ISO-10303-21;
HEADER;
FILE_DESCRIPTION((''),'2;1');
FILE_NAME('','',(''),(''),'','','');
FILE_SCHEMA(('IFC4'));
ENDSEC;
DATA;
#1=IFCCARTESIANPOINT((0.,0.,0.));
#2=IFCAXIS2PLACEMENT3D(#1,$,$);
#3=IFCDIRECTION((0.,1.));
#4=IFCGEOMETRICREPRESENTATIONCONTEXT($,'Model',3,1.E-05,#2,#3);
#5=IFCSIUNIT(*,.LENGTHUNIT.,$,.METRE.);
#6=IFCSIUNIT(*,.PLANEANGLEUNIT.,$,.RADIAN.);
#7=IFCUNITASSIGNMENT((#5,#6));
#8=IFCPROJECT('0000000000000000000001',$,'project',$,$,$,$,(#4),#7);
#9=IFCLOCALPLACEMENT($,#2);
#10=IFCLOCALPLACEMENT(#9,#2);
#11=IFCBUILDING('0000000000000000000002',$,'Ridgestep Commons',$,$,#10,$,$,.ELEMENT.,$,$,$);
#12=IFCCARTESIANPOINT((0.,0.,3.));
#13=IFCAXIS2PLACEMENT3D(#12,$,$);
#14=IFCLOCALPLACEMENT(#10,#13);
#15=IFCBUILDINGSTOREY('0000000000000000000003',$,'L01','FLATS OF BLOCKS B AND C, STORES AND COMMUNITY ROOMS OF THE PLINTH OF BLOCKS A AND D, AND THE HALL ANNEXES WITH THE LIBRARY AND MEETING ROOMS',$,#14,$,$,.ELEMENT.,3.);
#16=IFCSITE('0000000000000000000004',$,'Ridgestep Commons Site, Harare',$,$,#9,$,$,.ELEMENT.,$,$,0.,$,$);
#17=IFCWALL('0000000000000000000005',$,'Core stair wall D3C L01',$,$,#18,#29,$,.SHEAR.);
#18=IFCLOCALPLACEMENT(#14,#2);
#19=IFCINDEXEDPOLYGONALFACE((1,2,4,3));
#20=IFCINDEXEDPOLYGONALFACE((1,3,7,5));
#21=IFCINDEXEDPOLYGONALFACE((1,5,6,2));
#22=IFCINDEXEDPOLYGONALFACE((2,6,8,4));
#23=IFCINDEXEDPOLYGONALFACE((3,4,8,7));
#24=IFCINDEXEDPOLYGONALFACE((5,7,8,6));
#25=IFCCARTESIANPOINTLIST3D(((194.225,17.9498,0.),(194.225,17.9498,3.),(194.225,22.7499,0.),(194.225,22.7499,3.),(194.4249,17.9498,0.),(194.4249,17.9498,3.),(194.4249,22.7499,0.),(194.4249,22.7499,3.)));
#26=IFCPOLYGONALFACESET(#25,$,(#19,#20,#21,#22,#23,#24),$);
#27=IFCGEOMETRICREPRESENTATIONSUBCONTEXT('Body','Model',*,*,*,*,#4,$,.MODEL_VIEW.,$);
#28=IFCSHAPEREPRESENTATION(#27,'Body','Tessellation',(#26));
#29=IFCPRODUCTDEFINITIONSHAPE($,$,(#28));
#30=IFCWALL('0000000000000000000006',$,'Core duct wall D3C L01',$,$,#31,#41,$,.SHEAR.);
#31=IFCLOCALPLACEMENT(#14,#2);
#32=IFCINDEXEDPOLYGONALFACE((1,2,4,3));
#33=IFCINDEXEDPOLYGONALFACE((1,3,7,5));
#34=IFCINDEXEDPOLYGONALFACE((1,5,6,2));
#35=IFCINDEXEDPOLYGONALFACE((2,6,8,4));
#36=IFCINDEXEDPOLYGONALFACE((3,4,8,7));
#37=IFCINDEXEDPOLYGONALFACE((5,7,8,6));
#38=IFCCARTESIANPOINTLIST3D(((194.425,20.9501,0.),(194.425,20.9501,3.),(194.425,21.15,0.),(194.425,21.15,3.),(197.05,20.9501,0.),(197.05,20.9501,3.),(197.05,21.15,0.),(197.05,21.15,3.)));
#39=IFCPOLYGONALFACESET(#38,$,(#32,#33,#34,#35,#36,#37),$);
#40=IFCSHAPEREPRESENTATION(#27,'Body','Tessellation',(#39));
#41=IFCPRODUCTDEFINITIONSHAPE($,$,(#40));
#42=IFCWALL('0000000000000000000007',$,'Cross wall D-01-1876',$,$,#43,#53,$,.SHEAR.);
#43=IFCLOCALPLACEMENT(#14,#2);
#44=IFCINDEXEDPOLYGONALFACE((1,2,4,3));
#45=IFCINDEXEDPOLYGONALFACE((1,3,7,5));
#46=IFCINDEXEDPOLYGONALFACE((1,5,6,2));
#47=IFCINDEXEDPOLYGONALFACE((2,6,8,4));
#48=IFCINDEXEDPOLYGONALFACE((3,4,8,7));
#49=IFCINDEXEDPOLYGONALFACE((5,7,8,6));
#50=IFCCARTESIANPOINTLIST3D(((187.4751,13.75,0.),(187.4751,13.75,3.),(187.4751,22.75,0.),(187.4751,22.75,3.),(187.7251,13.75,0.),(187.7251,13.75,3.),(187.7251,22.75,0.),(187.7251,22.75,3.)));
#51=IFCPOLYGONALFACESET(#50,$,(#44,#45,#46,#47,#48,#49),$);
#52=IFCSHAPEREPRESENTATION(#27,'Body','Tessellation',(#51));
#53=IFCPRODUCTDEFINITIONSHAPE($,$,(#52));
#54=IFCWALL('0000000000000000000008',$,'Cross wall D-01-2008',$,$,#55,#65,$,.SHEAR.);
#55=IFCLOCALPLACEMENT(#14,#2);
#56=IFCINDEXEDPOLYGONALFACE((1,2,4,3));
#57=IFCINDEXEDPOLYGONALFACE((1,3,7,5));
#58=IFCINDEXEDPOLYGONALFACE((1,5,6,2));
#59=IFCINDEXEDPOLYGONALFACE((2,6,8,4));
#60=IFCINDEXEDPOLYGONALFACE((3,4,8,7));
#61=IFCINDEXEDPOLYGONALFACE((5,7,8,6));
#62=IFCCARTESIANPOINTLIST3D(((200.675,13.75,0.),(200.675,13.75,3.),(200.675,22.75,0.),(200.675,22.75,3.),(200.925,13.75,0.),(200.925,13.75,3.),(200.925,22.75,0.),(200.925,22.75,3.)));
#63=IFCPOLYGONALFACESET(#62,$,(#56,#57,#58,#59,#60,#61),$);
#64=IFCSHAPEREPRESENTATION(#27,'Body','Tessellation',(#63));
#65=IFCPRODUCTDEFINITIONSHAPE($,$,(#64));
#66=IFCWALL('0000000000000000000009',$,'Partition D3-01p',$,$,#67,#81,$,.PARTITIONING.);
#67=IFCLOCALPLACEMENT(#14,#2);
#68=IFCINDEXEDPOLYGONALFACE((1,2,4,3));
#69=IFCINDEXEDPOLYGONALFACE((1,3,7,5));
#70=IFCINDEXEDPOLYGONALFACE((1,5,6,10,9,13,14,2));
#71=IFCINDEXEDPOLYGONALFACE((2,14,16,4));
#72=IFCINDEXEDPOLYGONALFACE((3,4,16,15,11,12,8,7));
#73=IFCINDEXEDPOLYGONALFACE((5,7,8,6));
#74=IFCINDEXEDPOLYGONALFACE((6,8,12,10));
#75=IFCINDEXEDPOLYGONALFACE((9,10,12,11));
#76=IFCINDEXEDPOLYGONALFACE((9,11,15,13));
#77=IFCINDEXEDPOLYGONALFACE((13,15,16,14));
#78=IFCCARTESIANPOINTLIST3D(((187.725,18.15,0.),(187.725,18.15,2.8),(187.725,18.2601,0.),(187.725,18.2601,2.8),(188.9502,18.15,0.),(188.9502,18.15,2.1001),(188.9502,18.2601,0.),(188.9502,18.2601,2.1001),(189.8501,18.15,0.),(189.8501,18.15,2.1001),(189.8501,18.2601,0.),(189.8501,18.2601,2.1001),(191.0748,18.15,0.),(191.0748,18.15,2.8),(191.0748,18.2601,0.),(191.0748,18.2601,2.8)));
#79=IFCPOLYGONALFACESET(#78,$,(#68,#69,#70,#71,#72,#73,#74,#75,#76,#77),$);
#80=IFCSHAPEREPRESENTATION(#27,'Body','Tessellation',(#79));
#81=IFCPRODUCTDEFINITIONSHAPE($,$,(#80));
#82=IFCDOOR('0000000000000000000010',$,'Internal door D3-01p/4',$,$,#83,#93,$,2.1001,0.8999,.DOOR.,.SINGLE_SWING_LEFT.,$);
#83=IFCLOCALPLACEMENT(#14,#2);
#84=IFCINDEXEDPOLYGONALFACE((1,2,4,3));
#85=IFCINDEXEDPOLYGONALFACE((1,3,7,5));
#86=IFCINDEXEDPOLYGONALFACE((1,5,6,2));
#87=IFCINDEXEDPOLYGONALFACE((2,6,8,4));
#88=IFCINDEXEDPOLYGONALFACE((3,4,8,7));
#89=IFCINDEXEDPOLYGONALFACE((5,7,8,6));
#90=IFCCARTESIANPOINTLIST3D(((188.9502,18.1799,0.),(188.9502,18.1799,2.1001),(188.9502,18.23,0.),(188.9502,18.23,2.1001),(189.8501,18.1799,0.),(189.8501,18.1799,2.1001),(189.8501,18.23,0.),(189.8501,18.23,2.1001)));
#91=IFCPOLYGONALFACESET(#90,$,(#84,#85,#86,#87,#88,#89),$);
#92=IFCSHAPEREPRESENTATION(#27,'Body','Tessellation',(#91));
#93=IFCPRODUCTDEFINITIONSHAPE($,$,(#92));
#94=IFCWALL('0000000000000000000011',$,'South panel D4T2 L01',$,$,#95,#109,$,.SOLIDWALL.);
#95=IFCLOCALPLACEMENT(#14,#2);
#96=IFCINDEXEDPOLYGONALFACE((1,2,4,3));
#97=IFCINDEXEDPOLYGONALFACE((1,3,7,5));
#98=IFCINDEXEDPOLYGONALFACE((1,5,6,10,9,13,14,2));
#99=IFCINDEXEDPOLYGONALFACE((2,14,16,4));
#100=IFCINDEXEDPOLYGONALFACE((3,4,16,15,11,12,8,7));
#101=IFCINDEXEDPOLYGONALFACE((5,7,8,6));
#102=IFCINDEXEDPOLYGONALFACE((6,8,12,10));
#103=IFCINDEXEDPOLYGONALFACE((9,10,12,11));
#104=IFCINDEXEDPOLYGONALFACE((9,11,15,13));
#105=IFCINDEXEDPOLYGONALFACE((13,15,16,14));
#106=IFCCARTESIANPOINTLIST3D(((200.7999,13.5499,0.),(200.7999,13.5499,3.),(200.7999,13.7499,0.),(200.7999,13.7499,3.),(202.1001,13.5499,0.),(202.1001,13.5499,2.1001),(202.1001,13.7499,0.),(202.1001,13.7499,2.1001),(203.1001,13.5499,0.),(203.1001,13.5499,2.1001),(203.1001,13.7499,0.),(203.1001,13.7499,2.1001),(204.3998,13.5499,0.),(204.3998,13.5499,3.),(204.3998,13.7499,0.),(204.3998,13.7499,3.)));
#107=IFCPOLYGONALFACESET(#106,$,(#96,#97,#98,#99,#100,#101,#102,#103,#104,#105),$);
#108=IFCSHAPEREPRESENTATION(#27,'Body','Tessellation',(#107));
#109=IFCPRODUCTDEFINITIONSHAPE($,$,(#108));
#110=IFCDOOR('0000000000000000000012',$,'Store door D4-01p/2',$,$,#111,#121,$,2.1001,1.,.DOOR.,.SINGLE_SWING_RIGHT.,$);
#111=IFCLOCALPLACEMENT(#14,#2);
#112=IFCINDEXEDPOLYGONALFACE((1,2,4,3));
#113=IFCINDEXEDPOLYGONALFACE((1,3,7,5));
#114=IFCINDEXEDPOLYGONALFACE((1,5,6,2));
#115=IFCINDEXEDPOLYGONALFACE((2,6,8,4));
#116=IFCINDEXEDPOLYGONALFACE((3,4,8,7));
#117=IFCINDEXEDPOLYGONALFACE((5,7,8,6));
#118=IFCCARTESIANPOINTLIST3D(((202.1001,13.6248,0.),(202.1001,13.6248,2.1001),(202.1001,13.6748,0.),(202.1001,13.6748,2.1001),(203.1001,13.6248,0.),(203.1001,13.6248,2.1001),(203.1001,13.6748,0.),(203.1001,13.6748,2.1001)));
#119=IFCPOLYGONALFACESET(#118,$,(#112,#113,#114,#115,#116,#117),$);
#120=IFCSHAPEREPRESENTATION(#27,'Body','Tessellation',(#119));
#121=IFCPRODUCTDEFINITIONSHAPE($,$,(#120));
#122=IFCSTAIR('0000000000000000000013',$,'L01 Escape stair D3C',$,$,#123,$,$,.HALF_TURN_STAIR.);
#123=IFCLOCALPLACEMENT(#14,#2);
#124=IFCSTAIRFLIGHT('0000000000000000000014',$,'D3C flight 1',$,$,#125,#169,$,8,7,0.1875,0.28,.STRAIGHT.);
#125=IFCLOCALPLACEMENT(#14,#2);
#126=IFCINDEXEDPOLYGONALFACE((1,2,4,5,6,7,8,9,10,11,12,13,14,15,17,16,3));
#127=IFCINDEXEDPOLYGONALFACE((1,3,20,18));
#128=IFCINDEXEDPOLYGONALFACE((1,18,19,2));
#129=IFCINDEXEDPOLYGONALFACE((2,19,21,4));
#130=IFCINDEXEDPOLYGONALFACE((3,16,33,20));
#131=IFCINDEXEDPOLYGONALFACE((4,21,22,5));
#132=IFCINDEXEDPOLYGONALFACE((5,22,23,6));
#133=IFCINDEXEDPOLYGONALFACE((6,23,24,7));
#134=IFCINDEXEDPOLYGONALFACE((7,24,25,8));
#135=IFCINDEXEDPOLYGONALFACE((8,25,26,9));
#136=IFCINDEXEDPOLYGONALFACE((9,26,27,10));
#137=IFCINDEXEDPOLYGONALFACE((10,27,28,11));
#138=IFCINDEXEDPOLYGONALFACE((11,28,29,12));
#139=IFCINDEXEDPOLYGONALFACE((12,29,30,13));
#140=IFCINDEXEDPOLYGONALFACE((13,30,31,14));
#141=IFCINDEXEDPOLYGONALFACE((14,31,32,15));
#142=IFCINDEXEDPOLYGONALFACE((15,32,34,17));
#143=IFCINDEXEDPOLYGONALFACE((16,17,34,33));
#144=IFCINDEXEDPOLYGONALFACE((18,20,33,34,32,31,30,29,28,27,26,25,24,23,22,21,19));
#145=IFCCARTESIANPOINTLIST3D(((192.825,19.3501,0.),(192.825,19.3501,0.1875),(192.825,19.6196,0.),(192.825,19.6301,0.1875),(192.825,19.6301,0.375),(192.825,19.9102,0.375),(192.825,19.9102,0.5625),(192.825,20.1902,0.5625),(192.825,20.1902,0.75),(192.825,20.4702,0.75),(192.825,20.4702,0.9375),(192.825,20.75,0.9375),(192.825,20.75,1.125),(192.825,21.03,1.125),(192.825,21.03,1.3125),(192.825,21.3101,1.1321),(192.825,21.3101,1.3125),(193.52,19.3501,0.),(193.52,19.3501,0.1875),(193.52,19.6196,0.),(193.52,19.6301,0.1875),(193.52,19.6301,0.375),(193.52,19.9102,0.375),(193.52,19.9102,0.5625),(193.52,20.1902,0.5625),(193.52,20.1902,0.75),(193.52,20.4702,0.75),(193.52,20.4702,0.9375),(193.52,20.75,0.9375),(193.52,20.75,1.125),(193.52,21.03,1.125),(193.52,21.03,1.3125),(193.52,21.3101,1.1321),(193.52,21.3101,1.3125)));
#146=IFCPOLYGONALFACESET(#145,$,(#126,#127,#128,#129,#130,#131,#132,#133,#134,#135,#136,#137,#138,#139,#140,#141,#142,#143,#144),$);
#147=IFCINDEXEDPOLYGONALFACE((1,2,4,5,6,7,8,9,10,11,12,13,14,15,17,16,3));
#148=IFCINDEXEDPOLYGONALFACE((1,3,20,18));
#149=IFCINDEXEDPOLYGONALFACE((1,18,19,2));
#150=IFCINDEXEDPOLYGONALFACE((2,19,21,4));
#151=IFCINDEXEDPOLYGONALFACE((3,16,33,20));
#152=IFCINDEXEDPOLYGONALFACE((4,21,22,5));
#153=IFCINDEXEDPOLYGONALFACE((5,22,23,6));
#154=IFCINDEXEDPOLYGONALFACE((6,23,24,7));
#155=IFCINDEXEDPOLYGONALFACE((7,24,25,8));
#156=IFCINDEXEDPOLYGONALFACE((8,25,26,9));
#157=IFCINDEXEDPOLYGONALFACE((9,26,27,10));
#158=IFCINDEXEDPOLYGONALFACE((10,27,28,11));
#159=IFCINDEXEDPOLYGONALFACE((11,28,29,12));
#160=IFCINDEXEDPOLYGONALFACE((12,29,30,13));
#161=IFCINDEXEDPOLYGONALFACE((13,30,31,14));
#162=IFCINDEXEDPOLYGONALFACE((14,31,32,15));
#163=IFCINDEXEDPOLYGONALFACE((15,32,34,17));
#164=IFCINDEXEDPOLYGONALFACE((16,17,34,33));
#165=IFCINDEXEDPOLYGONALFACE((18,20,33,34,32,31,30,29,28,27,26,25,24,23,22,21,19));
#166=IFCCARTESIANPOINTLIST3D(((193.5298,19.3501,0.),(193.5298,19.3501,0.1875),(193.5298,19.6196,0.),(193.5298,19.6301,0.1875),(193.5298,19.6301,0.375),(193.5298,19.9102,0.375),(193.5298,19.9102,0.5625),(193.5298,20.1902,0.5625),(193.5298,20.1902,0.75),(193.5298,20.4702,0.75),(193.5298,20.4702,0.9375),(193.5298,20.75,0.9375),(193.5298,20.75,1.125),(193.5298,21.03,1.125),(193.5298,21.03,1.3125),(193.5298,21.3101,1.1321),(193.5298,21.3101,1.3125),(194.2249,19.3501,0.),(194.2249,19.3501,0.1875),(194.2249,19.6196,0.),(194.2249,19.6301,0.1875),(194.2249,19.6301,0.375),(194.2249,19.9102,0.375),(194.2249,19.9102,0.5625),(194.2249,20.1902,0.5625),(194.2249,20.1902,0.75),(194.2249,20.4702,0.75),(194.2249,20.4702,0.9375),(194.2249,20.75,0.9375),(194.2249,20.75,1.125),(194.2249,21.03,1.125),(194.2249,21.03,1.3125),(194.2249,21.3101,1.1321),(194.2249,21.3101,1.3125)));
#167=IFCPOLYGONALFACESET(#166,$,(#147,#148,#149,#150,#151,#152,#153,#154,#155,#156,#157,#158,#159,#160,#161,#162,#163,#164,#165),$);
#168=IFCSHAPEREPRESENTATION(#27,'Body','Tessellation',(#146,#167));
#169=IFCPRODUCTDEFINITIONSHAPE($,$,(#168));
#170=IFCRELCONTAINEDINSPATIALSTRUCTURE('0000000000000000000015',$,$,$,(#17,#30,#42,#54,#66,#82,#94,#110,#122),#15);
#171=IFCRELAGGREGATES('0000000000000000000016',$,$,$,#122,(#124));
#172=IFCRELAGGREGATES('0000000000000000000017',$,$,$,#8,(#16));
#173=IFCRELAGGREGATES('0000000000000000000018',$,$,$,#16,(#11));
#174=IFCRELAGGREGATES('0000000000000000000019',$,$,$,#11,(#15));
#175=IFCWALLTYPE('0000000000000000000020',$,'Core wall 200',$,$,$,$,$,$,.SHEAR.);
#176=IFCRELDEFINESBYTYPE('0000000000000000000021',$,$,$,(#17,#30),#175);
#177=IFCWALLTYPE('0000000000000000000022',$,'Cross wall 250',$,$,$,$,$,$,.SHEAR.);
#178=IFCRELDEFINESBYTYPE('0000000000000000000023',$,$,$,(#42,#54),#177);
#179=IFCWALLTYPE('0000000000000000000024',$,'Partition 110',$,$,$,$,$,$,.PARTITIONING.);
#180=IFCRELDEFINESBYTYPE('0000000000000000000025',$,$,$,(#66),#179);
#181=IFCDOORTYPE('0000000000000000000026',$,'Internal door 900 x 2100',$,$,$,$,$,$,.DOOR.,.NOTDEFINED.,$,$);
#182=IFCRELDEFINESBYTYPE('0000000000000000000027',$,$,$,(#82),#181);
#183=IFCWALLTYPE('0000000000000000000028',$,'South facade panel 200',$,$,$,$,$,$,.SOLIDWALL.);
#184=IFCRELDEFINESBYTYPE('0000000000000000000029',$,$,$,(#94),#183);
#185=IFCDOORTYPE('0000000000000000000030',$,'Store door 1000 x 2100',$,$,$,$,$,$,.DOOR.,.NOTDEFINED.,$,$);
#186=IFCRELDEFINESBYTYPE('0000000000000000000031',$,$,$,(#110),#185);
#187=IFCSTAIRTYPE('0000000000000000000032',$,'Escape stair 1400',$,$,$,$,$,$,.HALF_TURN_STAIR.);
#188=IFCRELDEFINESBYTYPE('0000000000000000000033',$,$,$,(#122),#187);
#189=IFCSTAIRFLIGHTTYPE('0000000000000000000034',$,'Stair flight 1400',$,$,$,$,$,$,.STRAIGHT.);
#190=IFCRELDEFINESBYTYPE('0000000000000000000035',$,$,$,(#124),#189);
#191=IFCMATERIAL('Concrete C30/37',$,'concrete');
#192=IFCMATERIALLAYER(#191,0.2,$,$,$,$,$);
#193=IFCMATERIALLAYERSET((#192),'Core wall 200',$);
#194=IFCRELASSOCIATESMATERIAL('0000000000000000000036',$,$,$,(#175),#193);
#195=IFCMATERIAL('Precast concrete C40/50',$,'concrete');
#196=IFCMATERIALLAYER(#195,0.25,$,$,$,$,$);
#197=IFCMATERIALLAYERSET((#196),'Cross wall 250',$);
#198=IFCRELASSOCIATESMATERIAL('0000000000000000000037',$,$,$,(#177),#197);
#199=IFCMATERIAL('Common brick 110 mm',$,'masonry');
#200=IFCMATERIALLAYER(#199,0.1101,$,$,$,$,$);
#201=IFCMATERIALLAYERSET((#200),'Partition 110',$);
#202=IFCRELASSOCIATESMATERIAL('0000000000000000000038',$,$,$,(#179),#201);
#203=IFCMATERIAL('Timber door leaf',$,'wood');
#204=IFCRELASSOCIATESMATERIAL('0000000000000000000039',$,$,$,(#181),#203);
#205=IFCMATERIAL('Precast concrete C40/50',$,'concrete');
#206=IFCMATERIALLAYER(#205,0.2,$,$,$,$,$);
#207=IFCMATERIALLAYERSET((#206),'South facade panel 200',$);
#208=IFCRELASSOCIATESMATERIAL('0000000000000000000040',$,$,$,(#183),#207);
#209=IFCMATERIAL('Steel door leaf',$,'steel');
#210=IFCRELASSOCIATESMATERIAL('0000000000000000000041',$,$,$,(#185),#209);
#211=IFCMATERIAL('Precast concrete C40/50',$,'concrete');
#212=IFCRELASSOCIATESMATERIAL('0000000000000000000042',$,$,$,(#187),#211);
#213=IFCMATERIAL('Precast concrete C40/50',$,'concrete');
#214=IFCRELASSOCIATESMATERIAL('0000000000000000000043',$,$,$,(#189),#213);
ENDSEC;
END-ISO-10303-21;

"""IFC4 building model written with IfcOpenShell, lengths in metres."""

from ifc_helpers import new_model, si_unit, direction, frame, frame_2d, origin, place, context, subcontext, project, spatial, polyline, rectangle, outline, extrude, material, layer, layer_set, type_object, element, fill, aggregate, save


model = new_model("IFC4")

# Units and contexts
model_context = context("Model", 3, precision=1e-05, world=origin(), true_north=direction((0.0, 1.0)))
body_context = subcontext(model_context, "Body", "Model", "MODEL_VIEW")
ifc_project = project(units=[si_unit("LENGTHUNIT", "METRE"), si_unit("PLANEANGLEUNIT", "RADIAN")], contexts=[model_context])

# Site, building, storey
site_placement = place(None, origin())
site = spatial("IfcSite", under=ifc_project, at=site_placement, Name="Ridgestep Commons Site, Harare", CompositionType="ELEMENT", RefElevation=0.0)
building_placement = place(site_placement, origin())
building = spatial("IfcBuilding", under=site, at=building_placement, Name="Ridgestep Commons", CompositionType="ELEMENT")
storey_placement = place(building_placement, frame((0.0, 0.0, 3.0)))
storey = spatial("IfcBuildingStorey", under=building, at=storey_placement, Name="L01", Description="FLATS OF BLOCKS B AND C, STORES AND COMMUNITY ROOMS OF THE PLINTH OF BLOCKS A AND D, AND THE HALL ANNEXES WITH THE LIBRARY AND MEETING ROOMS", CompositionType="ELEMENT", Elevation=3.0)

# Shared definitions
ifc_material_1 = material(Name="Concrete C30/37", Category="concrete")
ifc_layer_1 = layer(ifc_material_1, 0.2)
ifc_layer_set_1 = layer_set([ifc_layer_1], Name="Core wall 200")
wall_type_1 = type_object("IfcWallType", Name="Core wall 200", PredefinedType="SHEAR", material=ifc_layer_set_1)

# Walls
wall_1_placement = place(storey_placement, frame((194.325, 17.95, 0.0), z_axis=(0.0, 0.0, 1.0), x_axis=(0.0, 1.0, 0.0)))
element("IfcWall", 1, at=wall_1_placement, inside=storey, type_object=wall_type_1, Name="Core stair wall D3C L01", PredefinedType="SHEAR", context=body_context, shape_type="SweptSolid", body=[
    extrude(rectangle(XDim=4.8, YDim=0.2, at=frame_2d((2.3999, 0.0))), origin(), (0.0, 0.0, 1.0), 3.0),
])
wall_2_placement = place(storey_placement, frame((194.425, 21.05, 0.0), z_axis=(0.0, 0.0, 1.0), x_axis=(1.0, 0.0, 0.0)))
element("IfcWall", 2, at=wall_2_placement, inside=storey, type_object=wall_type_1, Name="Core duct wall D3C L01", PredefinedType="SHEAR", context=body_context, shape_type="SweptSolid", body=[
    extrude(rectangle(XDim=2.625, YDim=0.2, at=frame_2d((1.3125, 0.0))), origin(), (0.0, 0.0, 1.0), 3.0),
])
ifc_material_2 = material(Name="Precast concrete C40/50", Category="concrete")
ifc_layer_2 = layer(ifc_material_2, 0.25)
ifc_layer_set_2 = layer_set([ifc_layer_2], Name="Cross wall 250")
wall_type_2 = type_object("IfcWallType", Name="Cross wall 250", PredefinedType="SHEAR", material=ifc_layer_set_2)
for number, where, z_axis, x_axis, name in (
    (3, (187.6001, 13.75, 0.0), (0.0, 0.0, 1.0), (0.0, 1.0, 0.0), "Cross wall D-01-1876"),
    (4, (200.8, 13.75, 0.0), (0.0, 0.0, 1.0), (0.0, 1.0, 0.0), "Cross wall D-01-2008"),
):
    element("IfcWall", number, at=place(storey_placement, frame(where, z_axis=z_axis, x_axis=x_axis)), inside=storey, type_object=wall_type_2, Name=name, PredefinedType="SHEAR", context=body_context, shape_type="SweptSolid", body=[
        extrude(rectangle(XDim=9.0, YDim=0.25, at=frame_2d((4.5, 0.0))), origin(), (0.0, 0.0, 1.0), 3.0),
    ])

# Walls, openings, doors
ifc_material_3 = material(Name="Common brick 110 mm", Category="masonry")
ifc_layer_3 = layer(ifc_material_3, 0.1101)
ifc_layer_set_3 = layer_set([ifc_layer_3], Name="Partition 110")
wall_type_3 = type_object("IfcWallType", Name="Partition 110", PredefinedType="PARTITIONING", material=ifc_layer_set_3)
wall_3_placement = place(storey_placement, frame((187.7251, 18.2051, 0.0), z_axis=(0.0, 0.0, 1.0), x_axis=(1.0, 0.0, 0.0)))
wall_3 = element("IfcWall", 5, at=wall_3_placement, inside=storey, type_object=wall_type_3, Name="Partition D3-01p", PredefinedType="PARTITIONING", context=body_context, shape_type="SweptSolid", body=[
    extrude(rectangle(XDim=3.3499, YDim=0.1101, at=frame_2d((1.6748, 0.0))), origin(), (0.0, 0.0, 1.0), 2.8),
])
opening_1_placement = place(wall_3_placement, frame((1.2251, 0.0, 0.0)))
opening_1 = element("IfcOpeningElement", 6, at=opening_1_placement, cuts=wall_3, PredefinedType="OPENING", context=body_context, shape_type="SweptSolid", body=[
    extrude(rectangle(XDim=0.8999, YDim=2.1001, at=frame_2d((0.45, 1.05))), frame((0.0, 0.0649, 0.0), z_axis=(0.0, -1.0, 0.0), x_axis=(1.0, 0.0, 0.0)), (0.0, 0.0, 1.0), 0.1301),
])
ifc_material_4 = material(Name="Timber door leaf", Category="wood")
door_type_1 = type_object("IfcDoorType", Name="Internal door 900 x 2100", OperationType="NOTDEFINED", PredefinedType="DOOR", material=ifc_material_4)
door_1_placement = place(opening_1_placement, origin())
door_1 = element("IfcDoor", 7, at=door_1_placement, inside=storey, type_object=door_type_1, Name="Internal door D3-01p/4", OperationType="SINGLE_SWING_LEFT", OverallHeight=2.1001, OverallWidth=0.8999, PredefinedType="DOOR", context=body_context, shape_type="SweptSolid", body=[
    extrude(rectangle(XDim=0.8999, YDim=2.1001, at=frame_2d((0.45, 1.05))), frame((0.0, 0.0249, 0.0), z_axis=(0.0, -1.0, 0.0), x_axis=(1.0, 0.0, 0.0)), (0.0, 0.0, 1.0), 0.05),
])
fill(opening_1, door_1)
ifc_material_5 = material(Name="Precast concrete C40/50", Category="concrete")
ifc_layer_4 = layer(ifc_material_5, 0.2)
ifc_layer_set_4 = layer_set([ifc_layer_4], Name="South facade panel 200")
wall_type_4 = type_object("IfcWallType", Name="South facade panel 200", PredefinedType="SOLIDWALL", material=ifc_layer_set_4)
wall_4_placement = place(storey_placement, frame((200.8, 13.6499, 0.0), z_axis=(0.0, 0.0, 1.0), x_axis=(1.0, 0.0, 0.0)))
wall_4 = element("IfcWall", 8, at=wall_4_placement, inside=storey, type_object=wall_type_4, Name="South panel D4T2 L01", PredefinedType="SOLIDWALL", context=body_context, shape_type="SweptSolid", body=[
    extrude(rectangle(XDim=3.5999, YDim=0.2, at=frame_2d((1.7998, 0.0))), origin(), (0.0, 0.0, 1.0), 3.0),
])
opening_2_placement = place(wall_4_placement, frame((1.3, 0.0, 0.0)))
opening_2 = element("IfcOpeningElement", 9, at=opening_2_placement, cuts=wall_4, PredefinedType="OPENING", context=body_context, shape_type="SweptSolid", body=[
    extrude(rectangle(XDim=1.0, YDim=2.1001, at=frame_2d((0.5, 1.05))), frame((0.0, 0.1099, 0.0), z_axis=(0.0, -1.0, 0.0), x_axis=(1.0, 0.0, 0.0)), (0.0, 0.0, 1.0), 0.22),
])
ifc_material_6 = material(Name="Steel door leaf", Category="steel")
door_type_2 = type_object("IfcDoorType", Name="Store door 1000 x 2100", OperationType="NOTDEFINED", PredefinedType="DOOR", material=ifc_material_6)
door_2_placement = place(opening_2_placement, origin())
door_2 = element("IfcDoor", 10, at=door_2_placement, inside=storey, type_object=door_type_2, Name="Store door D4-01p/2", OperationType="SINGLE_SWING_RIGHT", OverallHeight=2.1001, OverallWidth=1.0, PredefinedType="DOOR", context=body_context, shape_type="SweptSolid", body=[
    extrude(rectangle(XDim=1.0, YDim=2.1001, at=frame_2d((0.5, 1.05))), frame((0.0, 0.0249, 0.0), z_axis=(0.0, -1.0, 0.0), x_axis=(1.0, 0.0, 0.0)), (0.0, 0.0, 1.0), 0.05),
])
fill(opening_2, door_2)

# Stair, stair flight
ifc_material_7 = material(Name="Precast concrete C40/50", Category="concrete")
stair_type = type_object("IfcStairType", Name="Escape stair 1400", PredefinedType="HALF_TURN_STAIR", material=ifc_material_7)
stair_placement = place(storey_placement, origin())
stair = element("IfcStair", 11, at=stair_placement, inside=storey, type_object=stair_type, Name="L01 Escape stair D3C", PredefinedType="HALF_TURN_STAIR")
ifc_material_8 = material(Name="Precast concrete C40/50", Category="concrete")
stair_flight_type = type_object("IfcStairFlightType", Name="Stair flight 1400", PredefinedType="STRAIGHT", material=ifc_material_8)
stair_flight_1_placement = place(storey_placement, frame((193.5249, 19.3501, 0.0), z_axis=(0.0, 0.0, 1.0), x_axis=(0.0, 1.0, 0.0)))
stair_flight_1 = element("IfcStairFlight", 12, at=stair_flight_1_placement, type_object=stair_flight_type, Name="D3C flight 1", NumberOfRisers=8, NumberOfTreads=7, PredefinedType="STRAIGHT", RiserHeight=0.1875, TreadLength=0.28, context=body_context, shape_type="SweptSolid", body=[
    extrude(outline(polyline([(0.0, 0.0), (0.0, 0.1875), (0.28, 0.1875), (0.28, 0.375), (0.5601, 0.375), (0.5601, 0.5625), (0.8401, 0.5625), (0.8401, 0.75), (1.1201, 0.75), (1.1201, 0.9375), (1.3999, 0.9375), (1.3999, 1.125), (1.6799, 1.125), (1.6799, 1.3125), (1.96, 1.3125), (1.96, 1.5), (1.96, 1.1321), (0.2695, 0.0), (0.0, 0.0)])), frame((0.0, 0.7, 0.0), z_axis=(0.0, -1.0, 0.0), x_axis=(1.0, 0.0, 0.0)), (0.0, 0.0, 1.0), 0.6951),
    extrude(outline(polyline([(0.0, 0.0), (0.0, 0.1875), (0.28, 0.1875), (0.28, 0.375), (0.5601, 0.375), (0.5601, 0.5625), (0.8401, 0.5625), (0.8401, 0.75), (1.1201, 0.75), (1.1201, 0.9375), (1.3999, 0.9375), (1.3999, 1.125), (1.6799, 1.125), (1.6799, 1.3125), (1.96, 1.3125), (1.96, 1.5), (1.96, 1.1321), (0.2695, 0.0), (0.0, 0.0)])), frame((0.0, -0.0049, 0.0), z_axis=(0.0, -1.0, 0.0), x_axis=(1.0, 0.0, 0.0)), (0.0, 0.0, 1.0), 0.6951),
])
aggregate(stair, [stair_flight_1])

save(model, "model.ifc")
